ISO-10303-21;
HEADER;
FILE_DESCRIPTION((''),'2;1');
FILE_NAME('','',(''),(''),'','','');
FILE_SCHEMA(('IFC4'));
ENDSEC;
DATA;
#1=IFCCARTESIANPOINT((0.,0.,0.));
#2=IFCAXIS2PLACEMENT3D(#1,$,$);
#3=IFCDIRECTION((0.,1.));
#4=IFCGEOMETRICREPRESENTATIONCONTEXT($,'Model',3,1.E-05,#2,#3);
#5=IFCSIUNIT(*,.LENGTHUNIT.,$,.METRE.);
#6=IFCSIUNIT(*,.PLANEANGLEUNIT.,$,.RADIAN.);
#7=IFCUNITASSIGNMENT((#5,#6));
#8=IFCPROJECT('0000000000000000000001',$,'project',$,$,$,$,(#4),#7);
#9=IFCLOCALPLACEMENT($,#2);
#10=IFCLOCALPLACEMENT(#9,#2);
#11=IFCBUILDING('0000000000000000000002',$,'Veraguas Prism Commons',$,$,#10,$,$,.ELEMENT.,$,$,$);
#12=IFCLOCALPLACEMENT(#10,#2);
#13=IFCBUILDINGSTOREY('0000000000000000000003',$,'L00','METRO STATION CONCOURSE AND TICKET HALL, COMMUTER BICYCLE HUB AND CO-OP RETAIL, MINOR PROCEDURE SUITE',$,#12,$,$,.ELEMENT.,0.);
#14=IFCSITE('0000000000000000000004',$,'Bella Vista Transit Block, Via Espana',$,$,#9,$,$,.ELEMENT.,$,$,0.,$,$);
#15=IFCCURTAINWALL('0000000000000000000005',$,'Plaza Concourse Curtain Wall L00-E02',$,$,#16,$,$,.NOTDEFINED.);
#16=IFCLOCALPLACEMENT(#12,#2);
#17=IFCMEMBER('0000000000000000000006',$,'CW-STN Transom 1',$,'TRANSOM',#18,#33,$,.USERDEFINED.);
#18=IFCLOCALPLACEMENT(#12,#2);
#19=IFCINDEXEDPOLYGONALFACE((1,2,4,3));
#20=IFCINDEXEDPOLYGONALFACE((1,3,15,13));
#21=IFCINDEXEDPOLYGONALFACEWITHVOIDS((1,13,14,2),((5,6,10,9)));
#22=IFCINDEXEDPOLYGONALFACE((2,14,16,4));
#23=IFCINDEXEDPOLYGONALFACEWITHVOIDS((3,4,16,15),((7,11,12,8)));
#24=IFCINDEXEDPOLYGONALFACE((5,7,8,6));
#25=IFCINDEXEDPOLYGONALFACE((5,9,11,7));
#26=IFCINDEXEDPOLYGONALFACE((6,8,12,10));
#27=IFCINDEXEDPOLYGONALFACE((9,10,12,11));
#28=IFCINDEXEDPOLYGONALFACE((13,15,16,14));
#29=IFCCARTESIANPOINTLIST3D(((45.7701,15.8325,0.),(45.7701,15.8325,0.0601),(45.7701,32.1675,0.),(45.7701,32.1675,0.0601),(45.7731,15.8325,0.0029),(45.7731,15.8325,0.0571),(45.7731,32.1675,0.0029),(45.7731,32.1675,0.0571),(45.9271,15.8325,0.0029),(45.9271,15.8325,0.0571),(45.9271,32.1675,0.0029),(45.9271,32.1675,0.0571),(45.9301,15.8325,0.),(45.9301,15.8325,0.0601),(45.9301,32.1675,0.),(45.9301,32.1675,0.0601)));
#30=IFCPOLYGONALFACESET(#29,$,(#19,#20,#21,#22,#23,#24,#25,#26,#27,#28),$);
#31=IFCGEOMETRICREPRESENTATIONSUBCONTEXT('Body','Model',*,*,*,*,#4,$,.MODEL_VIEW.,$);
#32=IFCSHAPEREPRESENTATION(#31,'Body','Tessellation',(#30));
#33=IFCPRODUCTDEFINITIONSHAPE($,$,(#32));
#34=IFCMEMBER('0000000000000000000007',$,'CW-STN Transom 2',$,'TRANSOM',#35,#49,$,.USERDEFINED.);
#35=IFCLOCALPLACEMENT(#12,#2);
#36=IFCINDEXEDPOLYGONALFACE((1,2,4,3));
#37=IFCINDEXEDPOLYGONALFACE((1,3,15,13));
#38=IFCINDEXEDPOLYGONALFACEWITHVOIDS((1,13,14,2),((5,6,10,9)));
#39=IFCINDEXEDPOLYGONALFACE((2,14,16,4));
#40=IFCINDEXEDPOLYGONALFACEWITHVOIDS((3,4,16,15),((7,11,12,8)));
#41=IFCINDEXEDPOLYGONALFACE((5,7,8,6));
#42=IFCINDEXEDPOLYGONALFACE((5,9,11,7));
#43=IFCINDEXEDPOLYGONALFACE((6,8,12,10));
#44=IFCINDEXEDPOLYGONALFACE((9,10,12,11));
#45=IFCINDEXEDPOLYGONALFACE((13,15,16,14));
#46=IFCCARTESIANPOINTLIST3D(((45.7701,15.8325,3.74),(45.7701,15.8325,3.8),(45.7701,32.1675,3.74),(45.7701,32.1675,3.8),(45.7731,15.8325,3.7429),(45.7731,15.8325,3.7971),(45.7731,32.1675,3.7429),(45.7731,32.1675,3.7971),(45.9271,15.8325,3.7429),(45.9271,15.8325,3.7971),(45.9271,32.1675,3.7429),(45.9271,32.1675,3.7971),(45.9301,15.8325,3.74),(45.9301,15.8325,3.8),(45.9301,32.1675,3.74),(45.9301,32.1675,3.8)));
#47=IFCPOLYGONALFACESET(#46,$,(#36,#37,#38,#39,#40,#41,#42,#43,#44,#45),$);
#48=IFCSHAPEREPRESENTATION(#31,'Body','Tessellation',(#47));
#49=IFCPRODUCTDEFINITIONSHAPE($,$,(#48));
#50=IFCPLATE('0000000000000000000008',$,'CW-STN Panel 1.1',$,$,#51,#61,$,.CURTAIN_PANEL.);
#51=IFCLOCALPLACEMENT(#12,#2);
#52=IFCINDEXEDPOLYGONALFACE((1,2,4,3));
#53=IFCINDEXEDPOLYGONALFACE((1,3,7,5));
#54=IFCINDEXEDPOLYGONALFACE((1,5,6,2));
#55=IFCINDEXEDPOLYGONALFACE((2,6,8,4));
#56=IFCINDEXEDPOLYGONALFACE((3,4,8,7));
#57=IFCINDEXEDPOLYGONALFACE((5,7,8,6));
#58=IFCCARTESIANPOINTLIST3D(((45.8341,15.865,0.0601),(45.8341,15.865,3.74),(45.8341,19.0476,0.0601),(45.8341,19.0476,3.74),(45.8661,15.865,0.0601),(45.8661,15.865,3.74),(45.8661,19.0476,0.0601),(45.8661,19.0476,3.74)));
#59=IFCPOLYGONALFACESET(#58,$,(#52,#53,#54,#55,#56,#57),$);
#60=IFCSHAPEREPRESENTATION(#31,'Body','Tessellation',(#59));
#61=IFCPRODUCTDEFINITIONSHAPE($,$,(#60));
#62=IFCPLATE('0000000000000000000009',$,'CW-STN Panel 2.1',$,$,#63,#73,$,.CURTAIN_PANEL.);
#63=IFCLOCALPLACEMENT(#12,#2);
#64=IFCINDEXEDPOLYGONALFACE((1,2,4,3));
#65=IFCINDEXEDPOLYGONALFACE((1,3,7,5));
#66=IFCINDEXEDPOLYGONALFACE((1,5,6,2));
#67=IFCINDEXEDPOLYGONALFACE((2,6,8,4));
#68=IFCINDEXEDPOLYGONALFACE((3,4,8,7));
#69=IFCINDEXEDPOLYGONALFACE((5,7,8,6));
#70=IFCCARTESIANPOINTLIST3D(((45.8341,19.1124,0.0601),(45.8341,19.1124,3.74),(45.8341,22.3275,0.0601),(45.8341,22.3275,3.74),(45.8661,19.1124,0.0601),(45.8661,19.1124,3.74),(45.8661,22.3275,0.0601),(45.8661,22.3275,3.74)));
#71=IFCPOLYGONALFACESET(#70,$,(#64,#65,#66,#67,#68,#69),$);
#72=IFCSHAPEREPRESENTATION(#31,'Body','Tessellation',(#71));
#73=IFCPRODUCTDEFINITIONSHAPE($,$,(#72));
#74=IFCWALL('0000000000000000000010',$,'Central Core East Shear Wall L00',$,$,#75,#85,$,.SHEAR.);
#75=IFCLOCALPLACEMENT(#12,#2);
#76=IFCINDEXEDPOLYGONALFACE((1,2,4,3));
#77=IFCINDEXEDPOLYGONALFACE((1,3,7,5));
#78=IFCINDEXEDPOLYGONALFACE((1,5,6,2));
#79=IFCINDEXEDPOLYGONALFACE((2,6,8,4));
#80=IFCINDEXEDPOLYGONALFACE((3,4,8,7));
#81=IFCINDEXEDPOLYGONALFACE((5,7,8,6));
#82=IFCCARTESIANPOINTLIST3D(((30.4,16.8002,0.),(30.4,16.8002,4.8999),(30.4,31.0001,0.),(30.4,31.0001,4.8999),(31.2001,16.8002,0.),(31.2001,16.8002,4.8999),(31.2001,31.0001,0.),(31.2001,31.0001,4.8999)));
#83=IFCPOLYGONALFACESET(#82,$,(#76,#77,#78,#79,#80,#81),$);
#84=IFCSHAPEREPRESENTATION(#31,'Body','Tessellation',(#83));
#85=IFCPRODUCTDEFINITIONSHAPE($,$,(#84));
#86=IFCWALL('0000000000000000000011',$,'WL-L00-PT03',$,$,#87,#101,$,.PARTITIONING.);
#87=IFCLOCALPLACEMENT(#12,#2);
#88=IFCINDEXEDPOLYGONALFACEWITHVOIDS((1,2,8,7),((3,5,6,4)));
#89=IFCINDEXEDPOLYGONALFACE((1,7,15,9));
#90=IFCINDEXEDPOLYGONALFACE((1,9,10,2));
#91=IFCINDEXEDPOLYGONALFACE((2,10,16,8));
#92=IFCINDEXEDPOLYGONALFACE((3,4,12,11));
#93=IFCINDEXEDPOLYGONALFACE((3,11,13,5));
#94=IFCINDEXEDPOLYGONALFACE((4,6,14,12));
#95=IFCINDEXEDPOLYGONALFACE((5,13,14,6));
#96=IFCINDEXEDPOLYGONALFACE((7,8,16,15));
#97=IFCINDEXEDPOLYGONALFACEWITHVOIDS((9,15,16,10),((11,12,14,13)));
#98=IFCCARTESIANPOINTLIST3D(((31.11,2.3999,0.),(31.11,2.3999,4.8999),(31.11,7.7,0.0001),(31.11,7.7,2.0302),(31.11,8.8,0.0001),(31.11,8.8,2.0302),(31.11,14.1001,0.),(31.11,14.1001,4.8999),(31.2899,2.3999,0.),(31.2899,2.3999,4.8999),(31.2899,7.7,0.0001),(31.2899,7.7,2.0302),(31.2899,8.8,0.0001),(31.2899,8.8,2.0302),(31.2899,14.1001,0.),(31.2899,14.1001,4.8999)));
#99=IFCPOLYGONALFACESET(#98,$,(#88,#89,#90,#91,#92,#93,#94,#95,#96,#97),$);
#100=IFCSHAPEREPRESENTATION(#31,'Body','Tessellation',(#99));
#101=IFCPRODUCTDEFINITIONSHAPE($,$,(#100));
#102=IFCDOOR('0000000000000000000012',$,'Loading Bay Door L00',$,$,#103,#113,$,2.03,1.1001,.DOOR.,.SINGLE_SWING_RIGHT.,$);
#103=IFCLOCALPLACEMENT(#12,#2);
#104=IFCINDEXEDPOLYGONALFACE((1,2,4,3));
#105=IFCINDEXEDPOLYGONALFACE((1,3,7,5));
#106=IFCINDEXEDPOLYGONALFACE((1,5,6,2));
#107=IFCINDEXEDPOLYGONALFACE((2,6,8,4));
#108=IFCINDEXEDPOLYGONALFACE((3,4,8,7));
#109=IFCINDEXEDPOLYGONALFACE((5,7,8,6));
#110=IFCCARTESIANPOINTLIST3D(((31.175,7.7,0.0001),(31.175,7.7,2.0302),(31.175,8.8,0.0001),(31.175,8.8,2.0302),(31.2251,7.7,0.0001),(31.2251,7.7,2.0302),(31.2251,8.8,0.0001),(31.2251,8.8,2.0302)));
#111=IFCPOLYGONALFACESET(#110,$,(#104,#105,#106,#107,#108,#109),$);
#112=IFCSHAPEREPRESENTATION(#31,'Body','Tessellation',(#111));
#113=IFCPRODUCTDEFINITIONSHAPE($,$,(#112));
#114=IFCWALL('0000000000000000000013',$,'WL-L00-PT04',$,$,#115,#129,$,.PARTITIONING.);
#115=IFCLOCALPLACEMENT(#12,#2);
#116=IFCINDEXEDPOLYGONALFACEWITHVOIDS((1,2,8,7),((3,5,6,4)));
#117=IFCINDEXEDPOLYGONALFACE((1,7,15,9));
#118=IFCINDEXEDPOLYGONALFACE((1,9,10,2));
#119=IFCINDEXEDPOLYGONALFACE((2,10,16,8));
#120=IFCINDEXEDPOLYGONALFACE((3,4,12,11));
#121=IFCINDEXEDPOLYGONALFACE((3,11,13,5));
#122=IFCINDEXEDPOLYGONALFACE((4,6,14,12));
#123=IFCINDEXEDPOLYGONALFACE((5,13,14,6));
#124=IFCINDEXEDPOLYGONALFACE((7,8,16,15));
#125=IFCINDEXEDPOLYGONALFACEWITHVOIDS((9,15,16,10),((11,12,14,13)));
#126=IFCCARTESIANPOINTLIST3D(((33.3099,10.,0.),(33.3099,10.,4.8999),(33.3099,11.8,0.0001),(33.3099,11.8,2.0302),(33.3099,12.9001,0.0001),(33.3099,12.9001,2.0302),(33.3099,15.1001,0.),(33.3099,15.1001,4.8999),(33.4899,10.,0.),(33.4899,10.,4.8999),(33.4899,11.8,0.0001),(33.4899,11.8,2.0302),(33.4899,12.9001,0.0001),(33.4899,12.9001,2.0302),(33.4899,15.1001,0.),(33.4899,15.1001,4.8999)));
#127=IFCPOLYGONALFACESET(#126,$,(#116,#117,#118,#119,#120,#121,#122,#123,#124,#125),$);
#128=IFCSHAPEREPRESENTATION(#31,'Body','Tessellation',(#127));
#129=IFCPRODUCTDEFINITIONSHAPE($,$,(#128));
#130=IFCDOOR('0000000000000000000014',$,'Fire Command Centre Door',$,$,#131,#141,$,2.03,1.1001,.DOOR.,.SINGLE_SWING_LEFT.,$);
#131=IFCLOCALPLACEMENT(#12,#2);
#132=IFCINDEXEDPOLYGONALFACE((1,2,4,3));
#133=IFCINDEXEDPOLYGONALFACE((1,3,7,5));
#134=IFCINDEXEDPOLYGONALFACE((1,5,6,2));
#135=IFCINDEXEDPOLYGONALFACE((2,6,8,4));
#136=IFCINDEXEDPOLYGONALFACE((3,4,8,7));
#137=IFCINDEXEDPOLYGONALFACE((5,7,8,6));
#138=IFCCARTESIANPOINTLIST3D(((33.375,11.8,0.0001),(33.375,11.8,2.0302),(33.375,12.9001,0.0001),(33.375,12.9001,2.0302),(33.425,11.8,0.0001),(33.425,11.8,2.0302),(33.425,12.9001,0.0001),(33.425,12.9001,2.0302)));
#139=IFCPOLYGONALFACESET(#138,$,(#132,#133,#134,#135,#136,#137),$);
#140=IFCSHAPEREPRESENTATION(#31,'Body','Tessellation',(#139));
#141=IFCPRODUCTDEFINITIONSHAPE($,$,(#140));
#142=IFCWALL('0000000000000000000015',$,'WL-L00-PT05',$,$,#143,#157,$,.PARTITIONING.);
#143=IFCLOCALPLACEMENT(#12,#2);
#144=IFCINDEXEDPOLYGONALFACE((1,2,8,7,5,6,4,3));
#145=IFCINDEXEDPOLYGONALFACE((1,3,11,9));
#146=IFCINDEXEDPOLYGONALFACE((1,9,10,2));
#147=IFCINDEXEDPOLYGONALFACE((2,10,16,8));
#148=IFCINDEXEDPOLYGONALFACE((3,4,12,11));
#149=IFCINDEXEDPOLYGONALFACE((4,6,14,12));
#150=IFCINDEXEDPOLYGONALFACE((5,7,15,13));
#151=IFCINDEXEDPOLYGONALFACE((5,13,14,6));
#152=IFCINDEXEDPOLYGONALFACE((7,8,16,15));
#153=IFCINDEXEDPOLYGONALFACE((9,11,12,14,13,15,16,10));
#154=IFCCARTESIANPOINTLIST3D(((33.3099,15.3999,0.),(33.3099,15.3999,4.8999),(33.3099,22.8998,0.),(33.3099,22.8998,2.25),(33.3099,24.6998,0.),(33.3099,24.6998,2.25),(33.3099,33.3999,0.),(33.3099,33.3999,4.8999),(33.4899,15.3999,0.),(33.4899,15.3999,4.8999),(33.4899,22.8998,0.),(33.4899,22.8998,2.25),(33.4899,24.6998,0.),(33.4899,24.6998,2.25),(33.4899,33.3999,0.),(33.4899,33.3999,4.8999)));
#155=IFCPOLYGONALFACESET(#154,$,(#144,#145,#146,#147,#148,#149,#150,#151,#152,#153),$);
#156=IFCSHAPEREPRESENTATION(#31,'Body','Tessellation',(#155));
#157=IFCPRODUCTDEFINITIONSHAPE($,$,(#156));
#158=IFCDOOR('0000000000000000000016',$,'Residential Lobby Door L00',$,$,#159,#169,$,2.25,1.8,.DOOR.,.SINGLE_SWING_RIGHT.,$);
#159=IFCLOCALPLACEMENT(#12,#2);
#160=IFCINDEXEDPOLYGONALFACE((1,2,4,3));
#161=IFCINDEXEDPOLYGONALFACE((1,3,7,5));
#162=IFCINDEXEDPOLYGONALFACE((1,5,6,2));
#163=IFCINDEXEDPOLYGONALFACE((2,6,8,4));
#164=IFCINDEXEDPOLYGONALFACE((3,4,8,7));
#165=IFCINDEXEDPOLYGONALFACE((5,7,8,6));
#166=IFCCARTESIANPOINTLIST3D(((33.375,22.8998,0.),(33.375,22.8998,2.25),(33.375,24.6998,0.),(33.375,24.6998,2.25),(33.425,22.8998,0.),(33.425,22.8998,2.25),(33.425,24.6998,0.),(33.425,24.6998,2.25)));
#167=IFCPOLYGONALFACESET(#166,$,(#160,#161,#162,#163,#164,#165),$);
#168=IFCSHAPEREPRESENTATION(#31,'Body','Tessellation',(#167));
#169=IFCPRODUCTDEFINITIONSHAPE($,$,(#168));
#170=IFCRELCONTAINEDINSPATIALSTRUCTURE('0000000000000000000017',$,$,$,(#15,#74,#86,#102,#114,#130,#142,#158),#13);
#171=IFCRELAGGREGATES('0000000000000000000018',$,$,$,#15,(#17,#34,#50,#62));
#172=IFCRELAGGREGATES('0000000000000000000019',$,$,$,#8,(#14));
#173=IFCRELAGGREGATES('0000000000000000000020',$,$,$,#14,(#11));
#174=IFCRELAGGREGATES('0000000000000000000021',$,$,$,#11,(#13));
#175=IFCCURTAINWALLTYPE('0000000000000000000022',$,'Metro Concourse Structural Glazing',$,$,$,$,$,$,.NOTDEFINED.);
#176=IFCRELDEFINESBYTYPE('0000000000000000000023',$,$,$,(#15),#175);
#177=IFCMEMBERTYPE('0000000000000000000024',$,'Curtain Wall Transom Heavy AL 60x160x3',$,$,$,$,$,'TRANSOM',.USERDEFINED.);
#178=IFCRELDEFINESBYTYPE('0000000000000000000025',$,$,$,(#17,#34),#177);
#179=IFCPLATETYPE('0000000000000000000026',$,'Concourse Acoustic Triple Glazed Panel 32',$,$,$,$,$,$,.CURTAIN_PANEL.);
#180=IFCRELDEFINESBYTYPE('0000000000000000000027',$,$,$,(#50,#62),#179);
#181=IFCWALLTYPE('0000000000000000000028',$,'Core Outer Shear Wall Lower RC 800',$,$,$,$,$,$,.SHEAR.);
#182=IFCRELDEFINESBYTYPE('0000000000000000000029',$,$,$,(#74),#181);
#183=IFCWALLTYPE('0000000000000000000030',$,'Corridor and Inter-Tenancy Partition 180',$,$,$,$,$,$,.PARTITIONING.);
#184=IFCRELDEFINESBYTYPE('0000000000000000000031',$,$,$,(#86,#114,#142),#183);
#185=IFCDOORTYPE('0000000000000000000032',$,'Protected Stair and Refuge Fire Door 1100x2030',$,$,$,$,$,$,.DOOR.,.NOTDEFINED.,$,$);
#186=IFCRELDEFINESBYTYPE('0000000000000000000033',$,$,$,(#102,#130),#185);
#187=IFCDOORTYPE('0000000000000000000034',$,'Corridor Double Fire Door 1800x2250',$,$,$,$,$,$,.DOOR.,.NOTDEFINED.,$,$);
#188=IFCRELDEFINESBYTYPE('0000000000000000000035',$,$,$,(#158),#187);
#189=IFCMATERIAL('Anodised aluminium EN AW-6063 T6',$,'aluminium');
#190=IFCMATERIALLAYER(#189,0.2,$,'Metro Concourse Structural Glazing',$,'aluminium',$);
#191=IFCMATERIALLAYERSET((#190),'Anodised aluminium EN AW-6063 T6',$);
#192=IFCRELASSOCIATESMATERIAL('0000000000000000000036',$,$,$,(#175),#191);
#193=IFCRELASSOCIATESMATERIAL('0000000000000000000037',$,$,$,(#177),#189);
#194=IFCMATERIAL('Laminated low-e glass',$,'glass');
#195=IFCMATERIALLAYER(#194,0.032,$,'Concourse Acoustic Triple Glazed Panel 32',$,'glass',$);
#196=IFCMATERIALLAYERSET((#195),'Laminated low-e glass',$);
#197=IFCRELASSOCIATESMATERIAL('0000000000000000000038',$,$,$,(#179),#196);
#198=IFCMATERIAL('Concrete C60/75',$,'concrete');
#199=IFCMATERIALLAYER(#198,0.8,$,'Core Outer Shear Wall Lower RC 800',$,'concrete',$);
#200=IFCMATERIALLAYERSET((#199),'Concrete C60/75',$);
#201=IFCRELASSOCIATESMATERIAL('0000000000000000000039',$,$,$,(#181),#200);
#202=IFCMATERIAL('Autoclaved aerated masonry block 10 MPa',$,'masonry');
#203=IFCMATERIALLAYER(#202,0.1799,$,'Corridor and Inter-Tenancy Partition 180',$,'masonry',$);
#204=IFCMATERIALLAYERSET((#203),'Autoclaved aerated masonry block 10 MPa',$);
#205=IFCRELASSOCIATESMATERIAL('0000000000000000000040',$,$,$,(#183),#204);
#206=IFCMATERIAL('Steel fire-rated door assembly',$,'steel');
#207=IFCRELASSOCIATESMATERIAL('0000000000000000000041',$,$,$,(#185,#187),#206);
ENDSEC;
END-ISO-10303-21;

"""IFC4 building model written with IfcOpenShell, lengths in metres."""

from ifc_helpers import new_model, si_unit, direction, frame, frame_2d, origin, origin_2d, place, context, subcontext, project, spatial, rectangle, hollow_rectangle, extrude, source, transform, mapped, material, layer, layer_set, material_profile, profile_set, type_object, element, fill, aggregate, save


model = new_model("IFC4")

# Units and contexts
model_context = context("Model", 3, precision=1e-05, world=origin(), true_north=direction((0.0, 1.0)))
body_context = subcontext(model_context, "Body", "Model", "MODEL_VIEW")
ifc_project = project(units=[si_unit("LENGTHUNIT", "METRE"), si_unit("PLANEANGLEUNIT", "RADIAN")], contexts=[model_context])

# Site, building, storey
site_placement = place(None, origin())
site = spatial("IfcSite", under=ifc_project, at=site_placement, Name="Bella Vista Transit Block, Via Espana", CompositionType="ELEMENT", RefElevation=0.0)
building_placement = place(site_placement, origin())
building = spatial("IfcBuilding", under=site, at=building_placement, Name="Veraguas Prism Commons", CompositionType="ELEMENT")
storey_placement = place(building_placement, origin())
storey = spatial("IfcBuildingStorey", under=building, at=storey_placement, Name="L00", Description="METRO STATION CONCOURSE AND TICKET HALL, COMMUTER BICYCLE HUB AND CO-OP RETAIL, MINOR PROCEDURE SUITE", CompositionType="ELEMENT", Elevation=0.0)

# Shared definitions
ifc_material_1 = material(Name="Concrete C60/75", Category="concrete")

# Curtain wall, members, plates
ifc_material_2 = material(Name="Anodised aluminium EN AW-6063 T6", Category="aluminium")
ifc_layer_1 = layer(ifc_material_2, 0.2, Name="Metro Concourse Structural Glazing", Category="aluminium")
ifc_layer_set_1 = layer_set([ifc_layer_1], Name="Anodised aluminium EN AW-6063 T6")
curtain_wall_type = type_object("IfcCurtainWallType", Name="Metro Concourse Structural Glazing", PredefinedType="NOTDEFINED", material=ifc_layer_set_1)
curtain_wall_placement = place(storey_placement, origin())
curtain_wall = element("IfcCurtainWall", 1, at=curtain_wall_placement, inside=storey, type_object=curtain_wall_type, Name="Plaza Concourse Curtain Wall L00-E02", PredefinedType="NOTDEFINED")
ifc_material_profile_1 = material_profile(ifc_material_2, hollow_rectangle(XDim=0.0601, YDim=0.1599, WallThickness=0.0029, at=origin_2d()), Name="AL60X160X3")
ifc_profile_set_1 = profile_set([ifc_material_profile_1], Name="Anodised aluminium EN AW-6063 T6")
member_type_1 = type_object("IfcMemberType", Name="Curtain Wall Transom Heavy AL 60x160x3", ElementType="TRANSOM", PredefinedType="USERDEFINED", material=ifc_profile_set_1)
shared_shape_1 = source(origin(), body_context, "Body", "SweptSolid", [
    extrude(hollow_rectangle(XDim=0.0601, YDim=0.1599, WallThickness=0.0029, at=origin_2d()), origin(), (0.0, 0.0, 1.0), 16.335),
])
member_1_placement = place(storey_placement, frame((45.8501, 15.8325, 0.03), z_axis=(0.0, 1.0, 0.0), x_axis=(0.0, 0.0, 1.0)))
member_1 = element("IfcMember", 2, at=member_1_placement, type_object=member_type_1, Name="CW-STN Transom 1", ObjectType="TRANSOM", PredefinedType="USERDEFINED", context=body_context, shape_type="MappedRepresentation", body=[
    mapped(shared_shape_1, transform((0.0, 0.0, 0.0), scale=1.0)),
])
member_2_placement = place(storey_placement, frame((45.8501, 15.8325, 3.77), z_axis=(0.0, 1.0, 0.0), x_axis=(0.0, 0.0, 1.0)))
member_2 = element("IfcMember", 3, at=member_2_placement, type_object=member_type_1, Name="CW-STN Transom 2", ObjectType="TRANSOM", PredefinedType="USERDEFINED", context=body_context, shape_type="MappedRepresentation", body=[
    mapped(shared_shape_1, transform((0.0, 0.0, 0.0), scale=1.0)),
])
ifc_material_3 = material(Name="Laminated low-e glass", Category="glass")
ifc_layer_2 = layer(ifc_material_3, 0.032, Name="Concourse Acoustic Triple Glazed Panel 32", Category="glass")
ifc_layer_set_2 = layer_set([ifc_layer_2], Name="Laminated low-e glass")
plate_type = type_object("IfcPlateType", Name="Concourse Acoustic Triple Glazed Panel 32", PredefinedType="CURTAIN_PANEL", material=ifc_layer_set_2)
shared_shape_2 = source(origin(), body_context, "Body", "SweptSolid", [
    extrude(rectangle(XDim=3.1826, YDim=0.032, at=origin_2d()), origin(), (0.0, 0.0, 1.0), 3.6799),
])
plate_1_placement = place(storey_placement, frame((45.8501, 17.4563, 0.0601), z_axis=(0.0, 0.0, 1.0), x_axis=(0.0, 1.0, 0.0)))
plate_1 = element("IfcPlate", 4, at=plate_1_placement, type_object=plate_type, Name="CW-STN Panel 1.1", PredefinedType="CURTAIN_PANEL", context=body_context, shape_type="MappedRepresentation", body=[
    mapped(shared_shape_2, transform((0.0, 0.0, 0.0), scale=1.0)),
])
shared_shape_3 = source(origin(), body_context, "Body", "SweptSolid", [
    extrude(rectangle(XDim=3.2151, YDim=0.032, at=origin_2d()), origin(), (0.0, 0.0, 1.0), 3.6799),
])
plate_2_placement = place(storey_placement, frame((45.8501, 20.72, 0.0601), z_axis=(0.0, 0.0, 1.0), x_axis=(0.0, 1.0, 0.0)))
plate_2 = element("IfcPlate", 5, at=plate_2_placement, type_object=plate_type, Name="CW-STN Panel 2.1", PredefinedType="CURTAIN_PANEL", context=body_context, shape_type="MappedRepresentation", body=[
    mapped(shared_shape_3, transform((0.0, 0.0, 0.0), scale=1.0)),
])
aggregate(curtain_wall, [member_1, member_2, plate_1, plate_2])

# Wall
ifc_layer_3 = layer(ifc_material_1, 0.8, Name="Core Outer Shear Wall Lower RC 800", Category="concrete")
ifc_layer_set_3 = layer_set([ifc_layer_3], Name="Concrete C60/75")
wall_type_1 = type_object("IfcWallType", Name="Core Outer Shear Wall Lower RC 800", PredefinedType="SHEAR", material=ifc_layer_set_3)
wall_1_placement = place(storey_placement, frame((30.8, 16.8, 0.0), z_axis=(0.0, 0.0, 1.0), x_axis=(0.0, 1.0, 0.0)))
element("IfcWall", 6, at=wall_1_placement, inside=storey, type_object=wall_type_1, Name="Central Core East Shear Wall L00", PredefinedType="SHEAR", context=body_context, shape_type="SweptSolid", body=[
    extrude(rectangle(XDim=14.2, YDim=0.8, at=frame_2d((7.1001, 0.0))), origin(), (0.0, 0.0, 1.0), 4.8999),
])

# Walls, openings, doors
ifc_material_4 = material(Name="Autoclaved aerated masonry block 10 MPa", Category="masonry")
ifc_layer_4 = layer(ifc_material_4, 0.1799, Name="Corridor and Inter-Tenancy Partition 180", Category="masonry")
ifc_layer_set_4 = layer_set([ifc_layer_4], Name="Autoclaved aerated masonry block 10 MPa")
wall_type_2 = type_object("IfcWallType", Name="Corridor and Inter-Tenancy Partition 180", PredefinedType="PARTITIONING", material=ifc_layer_set_4)
wall_2_placement = place(storey_placement, frame((31.2, 2.3999, 0.0), z_axis=(0.0, 0.0, 1.0), x_axis=(0.0, 1.0, 0.0)))
wall_2 = element("IfcWall", 7, at=wall_2_placement, inside=storey, type_object=wall_type_2, Name="WL-L00-PT03", PredefinedType="PARTITIONING", context=body_context, shape_type="SweptSolid", body=[
    extrude(rectangle(XDim=11.7002, YDim=0.1799, at=frame_2d((5.8501, 0.0))), origin(), (0.0, 0.0, 1.0), 4.8999),
])
opening_1_placement = place(wall_2_placement, frame((5.3, 0.0, 0.0)))
opening_1 = element("IfcOpeningElement", 8, at=opening_1_placement, cuts=wall_2, PredefinedType="OPENING", context=body_context, shape_type="SweptSolid", body=[
    extrude(rectangle(XDim=1.1001, YDim=2.03, at=frame_2d((0.55, 1.0151))), frame((0.0, 0.0999, 0.0), z_axis=(0.0, -1.0, 0.0), x_axis=(1.0, 0.0, 0.0)), (0.0, 0.0, 1.0), 0.2),
])
ifc_material_5 = material(Name="Steel fire-rated door assembly", Category="steel")
door_type_1 = type_object("IfcDoorType", Name="Protected Stair and Refuge Fire Door 1100x2030", OperationType="NOTDEFINED", PredefinedType="DOOR", material=ifc_material_5)
shared_shape_4 = source(origin(), body_context, "Body", "SweptSolid", [
    extrude(rectangle(XDim=1.1001, YDim=2.03, at=frame_2d((0.55, 1.0151))), frame((0.0, 0.0249, 0.0), z_axis=(0.0, -1.0, 0.0), x_axis=(1.0, 0.0, 0.0)), (0.0, 0.0, 1.0), 0.05),
])
door_1_placement = place(opening_1_placement, origin())
door_1 = element("IfcDoor", 9, at=door_1_placement, inside=storey, type_object=door_type_1, Name="Loading Bay Door L00", OperationType="SINGLE_SWING_RIGHT", OverallHeight=2.03, OverallWidth=1.1001, PredefinedType="DOOR", context=body_context, shape_type="MappedRepresentation", body=[
    mapped(shared_shape_4, transform((0.0, 0.0, 0.0), scale=1.0)),
])
fill(opening_1, door_1)
wall_3_placement = place(storey_placement, frame((33.3999, 10.0, 0.0), z_axis=(0.0, 0.0, 1.0), x_axis=(0.0, 1.0, 0.0)))
wall_3 = element("IfcWall", 10, at=wall_3_placement, inside=storey, type_object=wall_type_2, Name="WL-L00-PT04", PredefinedType="PARTITIONING", context=body_context, shape_type="SweptSolid", body=[
    extrude(rectangle(XDim=5.1001, YDim=0.1799, at=frame_2d((2.55, 0.0))), origin(), (0.0, 0.0, 1.0), 4.8999),
])
opening_2_placement = place(wall_3_placement, frame((1.8, 0.0, 0.0)))
opening_2 = element("IfcOpeningElement", 11, at=opening_2_placement, cuts=wall_3, PredefinedType="OPENING", context=body_context, shape_type="SweptSolid", body=[
    extrude(rectangle(XDim=1.1001, YDim=2.03, at=frame_2d((0.55, 1.0151))), frame((0.0, 0.0999, 0.0), z_axis=(0.0, -1.0, 0.0), x_axis=(1.0, 0.0, 0.0)), (0.0, 0.0, 1.0), 0.2),
])
door_2_placement = place(opening_2_placement, origin())
door_2 = element("IfcDoor", 12, at=door_2_placement, inside=storey, type_object=door_type_1, Name="Fire Command Centre Door", OperationType="SINGLE_SWING_LEFT", OverallHeight=2.03, OverallWidth=1.1001, PredefinedType="DOOR", context=body_context, shape_type="MappedRepresentation", body=[
    mapped(shared_shape_4, transform((0.0, 0.0, 0.0), scale=1.0)),
])
fill(opening_2, door_2)
wall_4_placement = place(storey_placement, frame((33.3999, 15.3999, 0.0), z_axis=(0.0, 0.0, 1.0), x_axis=(0.0, 1.0, 0.0)))
wall_4 = element("IfcWall", 13, at=wall_4_placement, inside=storey, type_object=wall_type_2, Name="WL-L00-PT05", PredefinedType="PARTITIONING", context=body_context, shape_type="SweptSolid", body=[
    extrude(rectangle(XDim=18.0, YDim=0.1799, at=frame_2d((9.0, 0.0))), origin(), (0.0, 0.0, 1.0), 4.8999),
])
opening_3_placement = place(wall_4_placement, frame((7.5, 0.0, 0.0)))
opening_3 = element("IfcOpeningElement", 14, at=opening_3_placement, cuts=wall_4, PredefinedType="OPENING", context=body_context, shape_type="SweptSolid", body=[
    extrude(rectangle(XDim=1.8, YDim=2.25, at=frame_2d((0.8999, 1.125))), frame((0.0, 0.0999, 0.0), z_axis=(0.0, -1.0, 0.0), x_axis=(1.0, 0.0, 0.0)), (0.0, 0.0, 1.0), 0.2),
])
door_type_2 = type_object("IfcDoorType", Name="Corridor Double Fire Door 1800x2250", OperationType="NOTDEFINED", PredefinedType="DOOR", material=ifc_material_5)
shared_shape_5 = source(origin(), body_context, "Body", "SweptSolid", [
    extrude(rectangle(XDim=1.8, YDim=2.25, at=frame_2d((0.8999, 1.125))), frame((0.0, 0.0249, 0.0), z_axis=(0.0, -1.0, 0.0), x_axis=(1.0, 0.0, 0.0)), (0.0, 0.0, 1.0), 0.05),
])
door_3_placement = place(opening_3_placement, origin())
door_3 = element("IfcDoor", 15, at=door_3_placement, inside=storey, type_object=door_type_2, Name="Residential Lobby Door L00", OperationType="SINGLE_SWING_RIGHT", OverallHeight=2.25, OverallWidth=1.8, PredefinedType="DOOR", context=body_context, shape_type="MappedRepresentation", body=[
    mapped(shared_shape_5, transform((0.0, 0.0, 0.0), scale=1.0)),
])
fill(opening_3, door_3)

save(model, "model.ifc")
